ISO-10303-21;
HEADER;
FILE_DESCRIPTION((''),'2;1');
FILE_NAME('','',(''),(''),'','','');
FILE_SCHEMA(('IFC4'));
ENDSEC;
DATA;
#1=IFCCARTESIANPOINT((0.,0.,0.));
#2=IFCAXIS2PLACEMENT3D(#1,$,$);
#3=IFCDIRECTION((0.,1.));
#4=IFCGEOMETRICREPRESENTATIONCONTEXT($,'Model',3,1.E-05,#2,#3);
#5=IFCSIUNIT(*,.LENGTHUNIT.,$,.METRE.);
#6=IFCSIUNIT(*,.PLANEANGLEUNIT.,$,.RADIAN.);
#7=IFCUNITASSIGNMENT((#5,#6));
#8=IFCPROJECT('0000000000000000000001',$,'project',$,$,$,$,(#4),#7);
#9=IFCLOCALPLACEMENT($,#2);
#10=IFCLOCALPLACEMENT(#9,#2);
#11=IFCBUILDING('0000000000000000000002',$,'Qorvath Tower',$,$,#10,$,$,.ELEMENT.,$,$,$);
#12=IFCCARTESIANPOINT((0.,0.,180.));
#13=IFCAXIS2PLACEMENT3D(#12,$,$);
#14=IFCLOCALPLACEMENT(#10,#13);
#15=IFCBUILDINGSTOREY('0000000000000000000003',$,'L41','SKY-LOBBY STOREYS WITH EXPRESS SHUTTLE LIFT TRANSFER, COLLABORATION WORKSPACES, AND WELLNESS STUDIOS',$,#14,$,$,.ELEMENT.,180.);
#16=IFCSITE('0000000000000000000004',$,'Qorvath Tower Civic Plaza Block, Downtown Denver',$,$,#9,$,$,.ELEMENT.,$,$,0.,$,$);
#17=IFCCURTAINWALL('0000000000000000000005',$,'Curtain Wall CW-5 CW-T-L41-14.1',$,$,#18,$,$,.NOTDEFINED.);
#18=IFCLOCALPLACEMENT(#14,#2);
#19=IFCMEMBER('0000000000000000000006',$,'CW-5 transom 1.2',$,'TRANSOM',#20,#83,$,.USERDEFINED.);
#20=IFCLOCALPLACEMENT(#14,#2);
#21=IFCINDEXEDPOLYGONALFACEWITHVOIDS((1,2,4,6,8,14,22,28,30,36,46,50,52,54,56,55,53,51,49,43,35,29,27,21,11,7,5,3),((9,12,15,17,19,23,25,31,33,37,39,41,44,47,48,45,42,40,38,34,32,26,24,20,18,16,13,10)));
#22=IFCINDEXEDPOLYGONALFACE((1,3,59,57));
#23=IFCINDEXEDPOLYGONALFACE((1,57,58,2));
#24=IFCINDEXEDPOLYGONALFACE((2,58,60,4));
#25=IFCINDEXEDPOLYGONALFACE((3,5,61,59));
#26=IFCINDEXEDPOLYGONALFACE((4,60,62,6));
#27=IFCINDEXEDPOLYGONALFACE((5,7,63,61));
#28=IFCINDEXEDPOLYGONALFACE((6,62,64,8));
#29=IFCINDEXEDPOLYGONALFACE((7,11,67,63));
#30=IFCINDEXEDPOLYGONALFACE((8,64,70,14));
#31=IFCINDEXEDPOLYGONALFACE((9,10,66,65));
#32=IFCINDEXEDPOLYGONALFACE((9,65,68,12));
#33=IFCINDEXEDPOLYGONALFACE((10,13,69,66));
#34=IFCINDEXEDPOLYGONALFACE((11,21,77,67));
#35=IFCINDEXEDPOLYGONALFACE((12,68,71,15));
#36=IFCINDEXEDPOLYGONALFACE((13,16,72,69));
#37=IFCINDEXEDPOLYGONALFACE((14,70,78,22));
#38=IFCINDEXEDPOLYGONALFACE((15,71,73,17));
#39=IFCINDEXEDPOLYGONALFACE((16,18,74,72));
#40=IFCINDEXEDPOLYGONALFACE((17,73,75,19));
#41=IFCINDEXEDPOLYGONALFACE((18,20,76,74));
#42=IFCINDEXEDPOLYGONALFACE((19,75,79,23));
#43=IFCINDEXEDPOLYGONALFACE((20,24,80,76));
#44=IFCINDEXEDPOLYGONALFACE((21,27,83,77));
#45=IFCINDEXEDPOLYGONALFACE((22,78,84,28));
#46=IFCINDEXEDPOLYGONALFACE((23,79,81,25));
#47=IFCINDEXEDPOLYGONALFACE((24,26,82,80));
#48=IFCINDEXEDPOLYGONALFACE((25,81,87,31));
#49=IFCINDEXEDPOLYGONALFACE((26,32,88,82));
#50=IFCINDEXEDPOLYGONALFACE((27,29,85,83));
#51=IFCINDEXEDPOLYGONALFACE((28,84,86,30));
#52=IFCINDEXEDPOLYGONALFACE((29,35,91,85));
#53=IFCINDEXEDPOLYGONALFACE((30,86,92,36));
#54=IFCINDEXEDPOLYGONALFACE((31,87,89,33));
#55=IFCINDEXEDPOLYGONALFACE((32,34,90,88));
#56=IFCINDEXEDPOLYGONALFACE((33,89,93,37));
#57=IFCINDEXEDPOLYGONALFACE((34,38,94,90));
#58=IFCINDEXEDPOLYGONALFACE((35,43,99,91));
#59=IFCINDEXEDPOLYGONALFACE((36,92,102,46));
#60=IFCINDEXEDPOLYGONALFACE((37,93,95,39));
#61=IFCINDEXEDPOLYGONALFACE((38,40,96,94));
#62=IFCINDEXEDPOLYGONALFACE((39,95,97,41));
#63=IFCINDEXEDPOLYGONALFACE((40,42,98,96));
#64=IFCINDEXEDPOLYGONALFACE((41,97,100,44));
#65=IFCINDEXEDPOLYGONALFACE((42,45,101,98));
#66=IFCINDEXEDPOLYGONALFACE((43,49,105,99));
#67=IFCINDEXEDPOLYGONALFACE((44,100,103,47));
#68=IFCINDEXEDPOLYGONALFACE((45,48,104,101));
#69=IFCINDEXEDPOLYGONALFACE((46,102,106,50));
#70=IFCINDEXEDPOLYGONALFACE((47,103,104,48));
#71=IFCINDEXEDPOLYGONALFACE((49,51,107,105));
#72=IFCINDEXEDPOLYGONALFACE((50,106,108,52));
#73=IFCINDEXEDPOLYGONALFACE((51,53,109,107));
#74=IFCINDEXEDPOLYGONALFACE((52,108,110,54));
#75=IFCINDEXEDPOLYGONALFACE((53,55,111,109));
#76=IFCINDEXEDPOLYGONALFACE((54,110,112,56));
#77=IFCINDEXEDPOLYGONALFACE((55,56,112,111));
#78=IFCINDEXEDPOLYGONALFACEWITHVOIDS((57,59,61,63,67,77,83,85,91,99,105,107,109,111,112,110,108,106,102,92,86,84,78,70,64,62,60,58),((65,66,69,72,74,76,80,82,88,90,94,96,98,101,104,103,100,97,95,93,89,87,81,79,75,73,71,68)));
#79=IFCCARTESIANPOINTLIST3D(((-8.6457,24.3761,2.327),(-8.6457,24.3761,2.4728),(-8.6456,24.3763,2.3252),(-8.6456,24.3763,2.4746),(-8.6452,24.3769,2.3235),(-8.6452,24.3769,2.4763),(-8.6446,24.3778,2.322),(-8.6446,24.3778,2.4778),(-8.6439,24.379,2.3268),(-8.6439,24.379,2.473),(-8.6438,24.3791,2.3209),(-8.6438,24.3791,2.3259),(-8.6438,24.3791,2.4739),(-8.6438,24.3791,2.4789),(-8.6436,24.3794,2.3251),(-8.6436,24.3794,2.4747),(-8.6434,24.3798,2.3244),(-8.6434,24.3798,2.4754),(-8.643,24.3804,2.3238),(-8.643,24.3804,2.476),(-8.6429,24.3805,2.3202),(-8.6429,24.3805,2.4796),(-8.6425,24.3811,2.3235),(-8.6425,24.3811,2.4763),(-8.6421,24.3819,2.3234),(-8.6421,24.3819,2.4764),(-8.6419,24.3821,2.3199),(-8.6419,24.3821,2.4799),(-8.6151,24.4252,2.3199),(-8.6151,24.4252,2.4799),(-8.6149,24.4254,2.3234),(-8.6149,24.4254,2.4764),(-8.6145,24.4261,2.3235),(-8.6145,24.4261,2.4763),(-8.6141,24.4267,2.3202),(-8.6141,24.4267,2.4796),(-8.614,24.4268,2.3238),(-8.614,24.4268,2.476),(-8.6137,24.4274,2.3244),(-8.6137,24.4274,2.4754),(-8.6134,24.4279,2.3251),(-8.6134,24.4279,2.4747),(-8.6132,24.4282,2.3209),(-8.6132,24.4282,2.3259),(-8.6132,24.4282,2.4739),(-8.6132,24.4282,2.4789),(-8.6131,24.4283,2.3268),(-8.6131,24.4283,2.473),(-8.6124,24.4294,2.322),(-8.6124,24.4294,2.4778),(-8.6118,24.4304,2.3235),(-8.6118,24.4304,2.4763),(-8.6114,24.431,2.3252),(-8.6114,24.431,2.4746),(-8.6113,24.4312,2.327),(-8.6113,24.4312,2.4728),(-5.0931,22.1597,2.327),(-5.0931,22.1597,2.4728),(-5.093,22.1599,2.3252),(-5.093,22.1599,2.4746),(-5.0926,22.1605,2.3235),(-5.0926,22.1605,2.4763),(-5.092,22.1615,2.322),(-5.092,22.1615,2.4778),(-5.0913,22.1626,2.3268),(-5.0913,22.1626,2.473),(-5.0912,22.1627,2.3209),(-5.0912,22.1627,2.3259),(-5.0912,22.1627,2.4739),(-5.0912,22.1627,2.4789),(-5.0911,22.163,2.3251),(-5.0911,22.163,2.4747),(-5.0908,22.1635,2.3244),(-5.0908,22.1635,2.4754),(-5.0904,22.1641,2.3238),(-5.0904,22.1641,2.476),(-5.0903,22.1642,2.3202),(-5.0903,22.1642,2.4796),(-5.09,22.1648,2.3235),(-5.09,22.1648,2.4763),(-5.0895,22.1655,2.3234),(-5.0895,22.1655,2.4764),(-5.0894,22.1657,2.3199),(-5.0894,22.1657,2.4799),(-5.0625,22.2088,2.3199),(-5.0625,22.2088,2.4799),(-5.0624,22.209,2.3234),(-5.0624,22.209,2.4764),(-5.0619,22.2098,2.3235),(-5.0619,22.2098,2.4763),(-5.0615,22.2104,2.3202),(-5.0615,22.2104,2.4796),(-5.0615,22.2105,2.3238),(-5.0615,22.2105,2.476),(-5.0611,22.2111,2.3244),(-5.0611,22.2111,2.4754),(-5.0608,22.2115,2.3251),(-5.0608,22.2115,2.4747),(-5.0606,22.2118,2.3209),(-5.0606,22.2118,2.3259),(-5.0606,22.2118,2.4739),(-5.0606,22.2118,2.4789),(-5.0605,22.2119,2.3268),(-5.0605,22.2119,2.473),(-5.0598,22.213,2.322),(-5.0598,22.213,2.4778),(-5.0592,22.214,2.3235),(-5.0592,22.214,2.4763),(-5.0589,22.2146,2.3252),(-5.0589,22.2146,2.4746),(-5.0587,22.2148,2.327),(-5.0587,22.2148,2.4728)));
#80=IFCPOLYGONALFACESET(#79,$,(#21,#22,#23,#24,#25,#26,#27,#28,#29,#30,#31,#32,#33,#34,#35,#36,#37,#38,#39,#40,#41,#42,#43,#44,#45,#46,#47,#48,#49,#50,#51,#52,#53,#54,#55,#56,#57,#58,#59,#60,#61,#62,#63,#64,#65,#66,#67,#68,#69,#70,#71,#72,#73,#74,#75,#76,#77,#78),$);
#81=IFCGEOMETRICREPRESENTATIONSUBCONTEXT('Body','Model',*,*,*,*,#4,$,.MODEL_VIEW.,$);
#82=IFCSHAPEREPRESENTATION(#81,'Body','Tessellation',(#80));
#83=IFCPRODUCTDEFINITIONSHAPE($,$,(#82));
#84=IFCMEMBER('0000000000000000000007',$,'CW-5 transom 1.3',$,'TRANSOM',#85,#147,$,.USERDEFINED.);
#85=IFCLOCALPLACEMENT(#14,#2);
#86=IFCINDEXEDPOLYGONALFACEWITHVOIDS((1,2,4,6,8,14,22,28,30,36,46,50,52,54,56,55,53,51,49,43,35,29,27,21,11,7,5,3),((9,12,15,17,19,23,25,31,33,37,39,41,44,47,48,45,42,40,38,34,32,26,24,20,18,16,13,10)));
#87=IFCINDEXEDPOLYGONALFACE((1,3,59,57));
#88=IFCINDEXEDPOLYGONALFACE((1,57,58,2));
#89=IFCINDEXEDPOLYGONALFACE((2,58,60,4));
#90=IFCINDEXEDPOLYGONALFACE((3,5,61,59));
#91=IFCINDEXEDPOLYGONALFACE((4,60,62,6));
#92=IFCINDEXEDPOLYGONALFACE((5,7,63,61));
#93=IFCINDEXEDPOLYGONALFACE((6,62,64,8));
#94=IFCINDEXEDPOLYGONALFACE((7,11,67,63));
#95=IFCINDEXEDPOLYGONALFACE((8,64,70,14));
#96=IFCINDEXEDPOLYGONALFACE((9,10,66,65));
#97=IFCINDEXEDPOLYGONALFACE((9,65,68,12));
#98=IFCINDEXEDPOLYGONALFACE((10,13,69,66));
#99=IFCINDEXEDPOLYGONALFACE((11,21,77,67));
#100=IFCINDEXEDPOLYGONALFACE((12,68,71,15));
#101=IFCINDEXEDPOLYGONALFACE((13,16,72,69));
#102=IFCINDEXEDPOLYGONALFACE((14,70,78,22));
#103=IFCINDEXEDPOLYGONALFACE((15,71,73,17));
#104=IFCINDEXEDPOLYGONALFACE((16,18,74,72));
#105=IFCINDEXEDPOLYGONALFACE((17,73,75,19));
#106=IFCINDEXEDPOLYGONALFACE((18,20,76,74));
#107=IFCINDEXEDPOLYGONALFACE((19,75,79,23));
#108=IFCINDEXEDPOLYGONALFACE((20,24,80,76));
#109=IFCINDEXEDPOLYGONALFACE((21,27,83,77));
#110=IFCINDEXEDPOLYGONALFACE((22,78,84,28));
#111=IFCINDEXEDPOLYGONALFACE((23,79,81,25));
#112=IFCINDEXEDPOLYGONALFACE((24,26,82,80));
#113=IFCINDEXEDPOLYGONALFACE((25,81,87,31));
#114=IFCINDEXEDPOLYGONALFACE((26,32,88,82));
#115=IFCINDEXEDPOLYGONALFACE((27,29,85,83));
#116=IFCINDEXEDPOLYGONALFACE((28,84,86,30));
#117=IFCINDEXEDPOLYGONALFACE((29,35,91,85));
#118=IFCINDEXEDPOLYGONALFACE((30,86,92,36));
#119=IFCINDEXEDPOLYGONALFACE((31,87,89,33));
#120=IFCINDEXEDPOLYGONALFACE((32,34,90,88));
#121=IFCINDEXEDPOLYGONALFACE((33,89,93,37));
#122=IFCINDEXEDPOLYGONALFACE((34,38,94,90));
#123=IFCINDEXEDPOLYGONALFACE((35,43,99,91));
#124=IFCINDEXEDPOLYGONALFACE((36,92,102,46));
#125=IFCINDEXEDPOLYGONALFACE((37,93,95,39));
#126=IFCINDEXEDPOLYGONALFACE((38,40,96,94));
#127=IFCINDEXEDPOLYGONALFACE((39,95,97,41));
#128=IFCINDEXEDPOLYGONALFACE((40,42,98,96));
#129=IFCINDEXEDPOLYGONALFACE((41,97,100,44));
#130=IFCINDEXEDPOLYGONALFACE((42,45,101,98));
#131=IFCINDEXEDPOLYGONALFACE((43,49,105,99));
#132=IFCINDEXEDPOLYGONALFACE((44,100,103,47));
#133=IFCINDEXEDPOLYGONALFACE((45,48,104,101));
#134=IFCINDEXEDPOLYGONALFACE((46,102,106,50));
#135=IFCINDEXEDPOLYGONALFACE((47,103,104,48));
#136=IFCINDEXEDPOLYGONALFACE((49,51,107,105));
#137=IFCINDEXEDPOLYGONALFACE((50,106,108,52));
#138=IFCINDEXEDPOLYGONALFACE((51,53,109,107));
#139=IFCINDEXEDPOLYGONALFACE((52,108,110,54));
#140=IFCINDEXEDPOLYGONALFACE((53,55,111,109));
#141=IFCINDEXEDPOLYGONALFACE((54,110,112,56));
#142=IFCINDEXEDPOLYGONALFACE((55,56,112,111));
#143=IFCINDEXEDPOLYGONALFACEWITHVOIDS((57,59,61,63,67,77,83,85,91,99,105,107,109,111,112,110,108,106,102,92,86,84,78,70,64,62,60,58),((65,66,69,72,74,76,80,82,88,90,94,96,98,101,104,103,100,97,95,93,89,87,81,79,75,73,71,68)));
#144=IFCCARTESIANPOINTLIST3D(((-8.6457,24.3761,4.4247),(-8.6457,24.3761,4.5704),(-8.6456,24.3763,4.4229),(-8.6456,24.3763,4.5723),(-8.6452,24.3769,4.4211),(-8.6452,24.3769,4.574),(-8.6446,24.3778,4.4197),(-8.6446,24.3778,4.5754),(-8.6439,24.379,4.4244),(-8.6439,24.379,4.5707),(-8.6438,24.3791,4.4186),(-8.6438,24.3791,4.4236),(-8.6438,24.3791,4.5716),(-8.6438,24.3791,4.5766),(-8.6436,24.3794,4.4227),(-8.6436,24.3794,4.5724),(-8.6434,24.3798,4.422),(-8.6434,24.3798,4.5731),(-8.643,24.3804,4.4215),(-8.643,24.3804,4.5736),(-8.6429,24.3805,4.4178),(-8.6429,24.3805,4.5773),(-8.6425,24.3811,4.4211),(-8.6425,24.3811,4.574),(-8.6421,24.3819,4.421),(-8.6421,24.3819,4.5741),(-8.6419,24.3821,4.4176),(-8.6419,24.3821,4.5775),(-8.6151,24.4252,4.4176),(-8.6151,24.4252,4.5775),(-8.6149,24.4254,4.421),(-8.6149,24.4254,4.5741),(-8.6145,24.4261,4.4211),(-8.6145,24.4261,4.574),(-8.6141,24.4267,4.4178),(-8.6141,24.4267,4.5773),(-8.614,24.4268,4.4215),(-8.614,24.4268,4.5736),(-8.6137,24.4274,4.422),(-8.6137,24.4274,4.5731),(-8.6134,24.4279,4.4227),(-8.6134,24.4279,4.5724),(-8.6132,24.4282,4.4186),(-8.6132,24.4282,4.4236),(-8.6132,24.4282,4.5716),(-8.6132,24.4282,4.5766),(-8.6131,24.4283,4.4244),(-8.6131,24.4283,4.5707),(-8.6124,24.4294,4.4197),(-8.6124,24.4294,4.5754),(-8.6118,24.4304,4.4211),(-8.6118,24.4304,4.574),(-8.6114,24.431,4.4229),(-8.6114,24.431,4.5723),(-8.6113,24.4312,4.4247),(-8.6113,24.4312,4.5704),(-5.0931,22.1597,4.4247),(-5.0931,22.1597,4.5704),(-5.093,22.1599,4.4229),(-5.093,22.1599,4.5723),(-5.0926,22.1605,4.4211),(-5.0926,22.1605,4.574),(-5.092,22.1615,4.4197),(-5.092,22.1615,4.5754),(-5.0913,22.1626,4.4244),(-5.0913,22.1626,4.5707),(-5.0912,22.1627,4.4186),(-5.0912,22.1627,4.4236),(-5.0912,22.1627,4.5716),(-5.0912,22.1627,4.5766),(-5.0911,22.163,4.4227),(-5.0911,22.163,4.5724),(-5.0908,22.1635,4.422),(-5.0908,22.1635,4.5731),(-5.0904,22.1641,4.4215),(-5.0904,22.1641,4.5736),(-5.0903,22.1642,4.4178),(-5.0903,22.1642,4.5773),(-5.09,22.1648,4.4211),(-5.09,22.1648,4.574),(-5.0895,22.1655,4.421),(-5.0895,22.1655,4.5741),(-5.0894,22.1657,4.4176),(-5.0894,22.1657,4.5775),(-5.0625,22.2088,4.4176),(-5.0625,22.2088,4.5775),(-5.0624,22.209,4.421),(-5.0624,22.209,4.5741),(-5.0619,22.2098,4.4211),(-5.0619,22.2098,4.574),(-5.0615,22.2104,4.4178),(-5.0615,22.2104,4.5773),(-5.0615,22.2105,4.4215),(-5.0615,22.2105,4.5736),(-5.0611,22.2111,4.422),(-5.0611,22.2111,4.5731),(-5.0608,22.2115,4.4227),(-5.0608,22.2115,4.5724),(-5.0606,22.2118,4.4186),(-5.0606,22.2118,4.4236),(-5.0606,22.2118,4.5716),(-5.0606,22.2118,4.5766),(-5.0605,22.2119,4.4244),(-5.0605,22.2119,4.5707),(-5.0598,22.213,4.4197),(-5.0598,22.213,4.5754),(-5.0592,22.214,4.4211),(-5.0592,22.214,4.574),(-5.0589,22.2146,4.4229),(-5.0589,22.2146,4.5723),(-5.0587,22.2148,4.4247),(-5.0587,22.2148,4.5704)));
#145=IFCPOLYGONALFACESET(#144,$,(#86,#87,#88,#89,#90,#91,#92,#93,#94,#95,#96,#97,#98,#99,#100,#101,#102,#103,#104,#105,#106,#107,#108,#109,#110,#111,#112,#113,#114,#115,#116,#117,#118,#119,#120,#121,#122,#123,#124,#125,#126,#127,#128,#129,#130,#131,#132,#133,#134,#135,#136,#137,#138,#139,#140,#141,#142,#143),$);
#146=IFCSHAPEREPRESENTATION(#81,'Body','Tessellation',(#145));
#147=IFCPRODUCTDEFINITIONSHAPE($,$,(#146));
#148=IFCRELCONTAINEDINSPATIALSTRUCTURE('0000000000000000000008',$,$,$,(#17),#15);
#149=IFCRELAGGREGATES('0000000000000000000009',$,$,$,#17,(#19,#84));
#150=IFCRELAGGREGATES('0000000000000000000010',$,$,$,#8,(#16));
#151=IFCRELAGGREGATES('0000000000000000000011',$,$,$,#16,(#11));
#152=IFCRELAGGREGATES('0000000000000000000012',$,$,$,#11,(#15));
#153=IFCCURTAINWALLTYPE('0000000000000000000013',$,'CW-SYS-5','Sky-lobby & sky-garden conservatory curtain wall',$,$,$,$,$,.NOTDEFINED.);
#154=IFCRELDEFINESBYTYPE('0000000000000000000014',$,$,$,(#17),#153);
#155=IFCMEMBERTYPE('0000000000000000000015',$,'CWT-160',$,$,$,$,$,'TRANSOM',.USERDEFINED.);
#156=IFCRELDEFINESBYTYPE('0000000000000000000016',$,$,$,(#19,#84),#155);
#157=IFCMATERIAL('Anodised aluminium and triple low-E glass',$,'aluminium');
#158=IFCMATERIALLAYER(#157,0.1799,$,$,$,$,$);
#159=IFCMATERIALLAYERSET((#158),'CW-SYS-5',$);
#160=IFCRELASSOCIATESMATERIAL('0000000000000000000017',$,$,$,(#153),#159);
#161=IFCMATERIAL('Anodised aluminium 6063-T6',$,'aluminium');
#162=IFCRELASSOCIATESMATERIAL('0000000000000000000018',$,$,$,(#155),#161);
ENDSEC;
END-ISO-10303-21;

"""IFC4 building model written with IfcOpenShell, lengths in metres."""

from ifc_helpers import new_model, si_unit, direction, frame, origin, origin_2d, place, context, subcontext, project, spatial, hollow_rectangle, extrude, material, layer, layer_set, material_profile, profile_set, type_object, element, aggregate, save


model = new_model("IFC4")

# Units and contexts
model_context = context("Model", 3, precision=1e-05, world=origin(), true_north=direction((0.0, 1.0)))
body_context = subcontext(model_context, "Body", "Model", "MODEL_VIEW")
ifc_project = project(units=[si_unit("LENGTHUNIT", "METRE"), si_unit("PLANEANGLEUNIT", "RADIAN")], contexts=[model_context])

# Site, building, storey
site_placement = place(None, origin())
site = spatial("IfcSite", under=ifc_project, at=site_placement, Name="Qorvath Tower Civic Plaza Block, Downtown Denver", CompositionType="ELEMENT", RefElevation=0.0)
building_placement = place(site_placement, origin())
building = spatial("IfcBuilding", under=site, at=building_placement, Name="Qorvath Tower", CompositionType="ELEMENT")
storey_placement = place(building_placement, frame((0.0, 0.0, 180.0)))
storey = spatial("IfcBuildingStorey", under=building, at=storey_placement, Name="L41", Description="SKY-LOBBY STOREYS WITH EXPRESS SHUTTLE LIFT TRANSFER, COLLABORATION WORKSPACES, AND WELLNESS STUDIOS", CompositionType="ELEMENT", Elevation=180.0)

# Shared definitions
ifc_material_1 = material(Name="Anodised aluminium and triple low-E glass", Category="aluminium")
ifc_layer_1 = layer(ifc_material_1, 0.1799)
ifc_layer_set_1 = layer_set([ifc_layer_1], Name="CW-SYS-5")
curtain_wall_type = type_object("IfcCurtainWallType", Name="CW-SYS-5", Description="Sky-lobby & sky-garden conservatory curtain wall", PredefinedType="NOTDEFINED", material=ifc_layer_set_1)

# Curtain wall
curtain_wall_1_placement = place(storey_placement, origin())
curtain_wall_1 = element("IfcCurtainWall", 1, at=curtain_wall_1_placement, inside=storey, type_object=curtain_wall_type, Name="Curtain Wall CW-5 CW-T-L41-14.1", PredefinedType="NOTDEFINED")

# Members
ifc_material_2 = material(Name="Anodised aluminium 6063-T6", Category="aluminium")
ifc_material_profile_1 = material_profile(ifc_material_2, hollow_rectangle(XDim=0.0649, YDim=0.1599, WallThickness=0.0034, InnerFilletRadius=0.0034, OuterFilletRadius=0.0071, at=origin_2d()), Name="CWT 160x65")
ifc_profile_set_1 = profile_set([ifc_material_profile_1], Name="Anodised aluminium 6063-T6")
member_type_1 = type_object("IfcMemberType", Name="CWT-160", ElementType="TRANSOM", PredefinedType="USERDEFINED", material=ifc_profile_set_1)
member_1_placement = place(storey_placement, frame((-5.0759, 22.1873, 2.3999), z_axis=(-0.848427, 0.529312, 0.0), x_axis=(-0.529312, -0.848427, 0.0)))
member_1 = element("IfcMember", 2, at=member_1_placement, type_object=member_type_1, Name="CW-5 transom 1.2", ObjectType="TRANSOM", PredefinedType="USERDEFINED", context=body_context, shape_type="SweptSolid", body=[
    extrude(hollow_rectangle(XDim=0.0649, YDim=0.1599, WallThickness=0.0034, InnerFilletRadius=0.0034, OuterFilletRadius=0.0071, at=origin_2d()), origin(), (0.0, 0.0, 1.0), 4.1873),
])
member_2_placement = place(storey_placement, frame((-5.0759, 22.1873, 4.4976), z_axis=(-0.848427, 0.529312, 0.0), x_axis=(-0.529312, -0.848427, 0.0)))
member_2 = element("IfcMember", 3, at=member_2_placement, type_object=member_type_1, Name="CW-5 transom 1.3", ObjectType="TRANSOM", PredefinedType="USERDEFINED", context=body_context, shape_type="SweptSolid", body=[
    extrude(hollow_rectangle(XDim=0.0649, YDim=0.1599, WallThickness=0.0034, InnerFilletRadius=0.0034, OuterFilletRadius=0.0071, at=origin_2d()), origin(), (0.0, 0.0, 1.0), 4.1873),
])

aggregate(curtain_wall_1, [member_1, member_2])

save(model, "model.ifc")
